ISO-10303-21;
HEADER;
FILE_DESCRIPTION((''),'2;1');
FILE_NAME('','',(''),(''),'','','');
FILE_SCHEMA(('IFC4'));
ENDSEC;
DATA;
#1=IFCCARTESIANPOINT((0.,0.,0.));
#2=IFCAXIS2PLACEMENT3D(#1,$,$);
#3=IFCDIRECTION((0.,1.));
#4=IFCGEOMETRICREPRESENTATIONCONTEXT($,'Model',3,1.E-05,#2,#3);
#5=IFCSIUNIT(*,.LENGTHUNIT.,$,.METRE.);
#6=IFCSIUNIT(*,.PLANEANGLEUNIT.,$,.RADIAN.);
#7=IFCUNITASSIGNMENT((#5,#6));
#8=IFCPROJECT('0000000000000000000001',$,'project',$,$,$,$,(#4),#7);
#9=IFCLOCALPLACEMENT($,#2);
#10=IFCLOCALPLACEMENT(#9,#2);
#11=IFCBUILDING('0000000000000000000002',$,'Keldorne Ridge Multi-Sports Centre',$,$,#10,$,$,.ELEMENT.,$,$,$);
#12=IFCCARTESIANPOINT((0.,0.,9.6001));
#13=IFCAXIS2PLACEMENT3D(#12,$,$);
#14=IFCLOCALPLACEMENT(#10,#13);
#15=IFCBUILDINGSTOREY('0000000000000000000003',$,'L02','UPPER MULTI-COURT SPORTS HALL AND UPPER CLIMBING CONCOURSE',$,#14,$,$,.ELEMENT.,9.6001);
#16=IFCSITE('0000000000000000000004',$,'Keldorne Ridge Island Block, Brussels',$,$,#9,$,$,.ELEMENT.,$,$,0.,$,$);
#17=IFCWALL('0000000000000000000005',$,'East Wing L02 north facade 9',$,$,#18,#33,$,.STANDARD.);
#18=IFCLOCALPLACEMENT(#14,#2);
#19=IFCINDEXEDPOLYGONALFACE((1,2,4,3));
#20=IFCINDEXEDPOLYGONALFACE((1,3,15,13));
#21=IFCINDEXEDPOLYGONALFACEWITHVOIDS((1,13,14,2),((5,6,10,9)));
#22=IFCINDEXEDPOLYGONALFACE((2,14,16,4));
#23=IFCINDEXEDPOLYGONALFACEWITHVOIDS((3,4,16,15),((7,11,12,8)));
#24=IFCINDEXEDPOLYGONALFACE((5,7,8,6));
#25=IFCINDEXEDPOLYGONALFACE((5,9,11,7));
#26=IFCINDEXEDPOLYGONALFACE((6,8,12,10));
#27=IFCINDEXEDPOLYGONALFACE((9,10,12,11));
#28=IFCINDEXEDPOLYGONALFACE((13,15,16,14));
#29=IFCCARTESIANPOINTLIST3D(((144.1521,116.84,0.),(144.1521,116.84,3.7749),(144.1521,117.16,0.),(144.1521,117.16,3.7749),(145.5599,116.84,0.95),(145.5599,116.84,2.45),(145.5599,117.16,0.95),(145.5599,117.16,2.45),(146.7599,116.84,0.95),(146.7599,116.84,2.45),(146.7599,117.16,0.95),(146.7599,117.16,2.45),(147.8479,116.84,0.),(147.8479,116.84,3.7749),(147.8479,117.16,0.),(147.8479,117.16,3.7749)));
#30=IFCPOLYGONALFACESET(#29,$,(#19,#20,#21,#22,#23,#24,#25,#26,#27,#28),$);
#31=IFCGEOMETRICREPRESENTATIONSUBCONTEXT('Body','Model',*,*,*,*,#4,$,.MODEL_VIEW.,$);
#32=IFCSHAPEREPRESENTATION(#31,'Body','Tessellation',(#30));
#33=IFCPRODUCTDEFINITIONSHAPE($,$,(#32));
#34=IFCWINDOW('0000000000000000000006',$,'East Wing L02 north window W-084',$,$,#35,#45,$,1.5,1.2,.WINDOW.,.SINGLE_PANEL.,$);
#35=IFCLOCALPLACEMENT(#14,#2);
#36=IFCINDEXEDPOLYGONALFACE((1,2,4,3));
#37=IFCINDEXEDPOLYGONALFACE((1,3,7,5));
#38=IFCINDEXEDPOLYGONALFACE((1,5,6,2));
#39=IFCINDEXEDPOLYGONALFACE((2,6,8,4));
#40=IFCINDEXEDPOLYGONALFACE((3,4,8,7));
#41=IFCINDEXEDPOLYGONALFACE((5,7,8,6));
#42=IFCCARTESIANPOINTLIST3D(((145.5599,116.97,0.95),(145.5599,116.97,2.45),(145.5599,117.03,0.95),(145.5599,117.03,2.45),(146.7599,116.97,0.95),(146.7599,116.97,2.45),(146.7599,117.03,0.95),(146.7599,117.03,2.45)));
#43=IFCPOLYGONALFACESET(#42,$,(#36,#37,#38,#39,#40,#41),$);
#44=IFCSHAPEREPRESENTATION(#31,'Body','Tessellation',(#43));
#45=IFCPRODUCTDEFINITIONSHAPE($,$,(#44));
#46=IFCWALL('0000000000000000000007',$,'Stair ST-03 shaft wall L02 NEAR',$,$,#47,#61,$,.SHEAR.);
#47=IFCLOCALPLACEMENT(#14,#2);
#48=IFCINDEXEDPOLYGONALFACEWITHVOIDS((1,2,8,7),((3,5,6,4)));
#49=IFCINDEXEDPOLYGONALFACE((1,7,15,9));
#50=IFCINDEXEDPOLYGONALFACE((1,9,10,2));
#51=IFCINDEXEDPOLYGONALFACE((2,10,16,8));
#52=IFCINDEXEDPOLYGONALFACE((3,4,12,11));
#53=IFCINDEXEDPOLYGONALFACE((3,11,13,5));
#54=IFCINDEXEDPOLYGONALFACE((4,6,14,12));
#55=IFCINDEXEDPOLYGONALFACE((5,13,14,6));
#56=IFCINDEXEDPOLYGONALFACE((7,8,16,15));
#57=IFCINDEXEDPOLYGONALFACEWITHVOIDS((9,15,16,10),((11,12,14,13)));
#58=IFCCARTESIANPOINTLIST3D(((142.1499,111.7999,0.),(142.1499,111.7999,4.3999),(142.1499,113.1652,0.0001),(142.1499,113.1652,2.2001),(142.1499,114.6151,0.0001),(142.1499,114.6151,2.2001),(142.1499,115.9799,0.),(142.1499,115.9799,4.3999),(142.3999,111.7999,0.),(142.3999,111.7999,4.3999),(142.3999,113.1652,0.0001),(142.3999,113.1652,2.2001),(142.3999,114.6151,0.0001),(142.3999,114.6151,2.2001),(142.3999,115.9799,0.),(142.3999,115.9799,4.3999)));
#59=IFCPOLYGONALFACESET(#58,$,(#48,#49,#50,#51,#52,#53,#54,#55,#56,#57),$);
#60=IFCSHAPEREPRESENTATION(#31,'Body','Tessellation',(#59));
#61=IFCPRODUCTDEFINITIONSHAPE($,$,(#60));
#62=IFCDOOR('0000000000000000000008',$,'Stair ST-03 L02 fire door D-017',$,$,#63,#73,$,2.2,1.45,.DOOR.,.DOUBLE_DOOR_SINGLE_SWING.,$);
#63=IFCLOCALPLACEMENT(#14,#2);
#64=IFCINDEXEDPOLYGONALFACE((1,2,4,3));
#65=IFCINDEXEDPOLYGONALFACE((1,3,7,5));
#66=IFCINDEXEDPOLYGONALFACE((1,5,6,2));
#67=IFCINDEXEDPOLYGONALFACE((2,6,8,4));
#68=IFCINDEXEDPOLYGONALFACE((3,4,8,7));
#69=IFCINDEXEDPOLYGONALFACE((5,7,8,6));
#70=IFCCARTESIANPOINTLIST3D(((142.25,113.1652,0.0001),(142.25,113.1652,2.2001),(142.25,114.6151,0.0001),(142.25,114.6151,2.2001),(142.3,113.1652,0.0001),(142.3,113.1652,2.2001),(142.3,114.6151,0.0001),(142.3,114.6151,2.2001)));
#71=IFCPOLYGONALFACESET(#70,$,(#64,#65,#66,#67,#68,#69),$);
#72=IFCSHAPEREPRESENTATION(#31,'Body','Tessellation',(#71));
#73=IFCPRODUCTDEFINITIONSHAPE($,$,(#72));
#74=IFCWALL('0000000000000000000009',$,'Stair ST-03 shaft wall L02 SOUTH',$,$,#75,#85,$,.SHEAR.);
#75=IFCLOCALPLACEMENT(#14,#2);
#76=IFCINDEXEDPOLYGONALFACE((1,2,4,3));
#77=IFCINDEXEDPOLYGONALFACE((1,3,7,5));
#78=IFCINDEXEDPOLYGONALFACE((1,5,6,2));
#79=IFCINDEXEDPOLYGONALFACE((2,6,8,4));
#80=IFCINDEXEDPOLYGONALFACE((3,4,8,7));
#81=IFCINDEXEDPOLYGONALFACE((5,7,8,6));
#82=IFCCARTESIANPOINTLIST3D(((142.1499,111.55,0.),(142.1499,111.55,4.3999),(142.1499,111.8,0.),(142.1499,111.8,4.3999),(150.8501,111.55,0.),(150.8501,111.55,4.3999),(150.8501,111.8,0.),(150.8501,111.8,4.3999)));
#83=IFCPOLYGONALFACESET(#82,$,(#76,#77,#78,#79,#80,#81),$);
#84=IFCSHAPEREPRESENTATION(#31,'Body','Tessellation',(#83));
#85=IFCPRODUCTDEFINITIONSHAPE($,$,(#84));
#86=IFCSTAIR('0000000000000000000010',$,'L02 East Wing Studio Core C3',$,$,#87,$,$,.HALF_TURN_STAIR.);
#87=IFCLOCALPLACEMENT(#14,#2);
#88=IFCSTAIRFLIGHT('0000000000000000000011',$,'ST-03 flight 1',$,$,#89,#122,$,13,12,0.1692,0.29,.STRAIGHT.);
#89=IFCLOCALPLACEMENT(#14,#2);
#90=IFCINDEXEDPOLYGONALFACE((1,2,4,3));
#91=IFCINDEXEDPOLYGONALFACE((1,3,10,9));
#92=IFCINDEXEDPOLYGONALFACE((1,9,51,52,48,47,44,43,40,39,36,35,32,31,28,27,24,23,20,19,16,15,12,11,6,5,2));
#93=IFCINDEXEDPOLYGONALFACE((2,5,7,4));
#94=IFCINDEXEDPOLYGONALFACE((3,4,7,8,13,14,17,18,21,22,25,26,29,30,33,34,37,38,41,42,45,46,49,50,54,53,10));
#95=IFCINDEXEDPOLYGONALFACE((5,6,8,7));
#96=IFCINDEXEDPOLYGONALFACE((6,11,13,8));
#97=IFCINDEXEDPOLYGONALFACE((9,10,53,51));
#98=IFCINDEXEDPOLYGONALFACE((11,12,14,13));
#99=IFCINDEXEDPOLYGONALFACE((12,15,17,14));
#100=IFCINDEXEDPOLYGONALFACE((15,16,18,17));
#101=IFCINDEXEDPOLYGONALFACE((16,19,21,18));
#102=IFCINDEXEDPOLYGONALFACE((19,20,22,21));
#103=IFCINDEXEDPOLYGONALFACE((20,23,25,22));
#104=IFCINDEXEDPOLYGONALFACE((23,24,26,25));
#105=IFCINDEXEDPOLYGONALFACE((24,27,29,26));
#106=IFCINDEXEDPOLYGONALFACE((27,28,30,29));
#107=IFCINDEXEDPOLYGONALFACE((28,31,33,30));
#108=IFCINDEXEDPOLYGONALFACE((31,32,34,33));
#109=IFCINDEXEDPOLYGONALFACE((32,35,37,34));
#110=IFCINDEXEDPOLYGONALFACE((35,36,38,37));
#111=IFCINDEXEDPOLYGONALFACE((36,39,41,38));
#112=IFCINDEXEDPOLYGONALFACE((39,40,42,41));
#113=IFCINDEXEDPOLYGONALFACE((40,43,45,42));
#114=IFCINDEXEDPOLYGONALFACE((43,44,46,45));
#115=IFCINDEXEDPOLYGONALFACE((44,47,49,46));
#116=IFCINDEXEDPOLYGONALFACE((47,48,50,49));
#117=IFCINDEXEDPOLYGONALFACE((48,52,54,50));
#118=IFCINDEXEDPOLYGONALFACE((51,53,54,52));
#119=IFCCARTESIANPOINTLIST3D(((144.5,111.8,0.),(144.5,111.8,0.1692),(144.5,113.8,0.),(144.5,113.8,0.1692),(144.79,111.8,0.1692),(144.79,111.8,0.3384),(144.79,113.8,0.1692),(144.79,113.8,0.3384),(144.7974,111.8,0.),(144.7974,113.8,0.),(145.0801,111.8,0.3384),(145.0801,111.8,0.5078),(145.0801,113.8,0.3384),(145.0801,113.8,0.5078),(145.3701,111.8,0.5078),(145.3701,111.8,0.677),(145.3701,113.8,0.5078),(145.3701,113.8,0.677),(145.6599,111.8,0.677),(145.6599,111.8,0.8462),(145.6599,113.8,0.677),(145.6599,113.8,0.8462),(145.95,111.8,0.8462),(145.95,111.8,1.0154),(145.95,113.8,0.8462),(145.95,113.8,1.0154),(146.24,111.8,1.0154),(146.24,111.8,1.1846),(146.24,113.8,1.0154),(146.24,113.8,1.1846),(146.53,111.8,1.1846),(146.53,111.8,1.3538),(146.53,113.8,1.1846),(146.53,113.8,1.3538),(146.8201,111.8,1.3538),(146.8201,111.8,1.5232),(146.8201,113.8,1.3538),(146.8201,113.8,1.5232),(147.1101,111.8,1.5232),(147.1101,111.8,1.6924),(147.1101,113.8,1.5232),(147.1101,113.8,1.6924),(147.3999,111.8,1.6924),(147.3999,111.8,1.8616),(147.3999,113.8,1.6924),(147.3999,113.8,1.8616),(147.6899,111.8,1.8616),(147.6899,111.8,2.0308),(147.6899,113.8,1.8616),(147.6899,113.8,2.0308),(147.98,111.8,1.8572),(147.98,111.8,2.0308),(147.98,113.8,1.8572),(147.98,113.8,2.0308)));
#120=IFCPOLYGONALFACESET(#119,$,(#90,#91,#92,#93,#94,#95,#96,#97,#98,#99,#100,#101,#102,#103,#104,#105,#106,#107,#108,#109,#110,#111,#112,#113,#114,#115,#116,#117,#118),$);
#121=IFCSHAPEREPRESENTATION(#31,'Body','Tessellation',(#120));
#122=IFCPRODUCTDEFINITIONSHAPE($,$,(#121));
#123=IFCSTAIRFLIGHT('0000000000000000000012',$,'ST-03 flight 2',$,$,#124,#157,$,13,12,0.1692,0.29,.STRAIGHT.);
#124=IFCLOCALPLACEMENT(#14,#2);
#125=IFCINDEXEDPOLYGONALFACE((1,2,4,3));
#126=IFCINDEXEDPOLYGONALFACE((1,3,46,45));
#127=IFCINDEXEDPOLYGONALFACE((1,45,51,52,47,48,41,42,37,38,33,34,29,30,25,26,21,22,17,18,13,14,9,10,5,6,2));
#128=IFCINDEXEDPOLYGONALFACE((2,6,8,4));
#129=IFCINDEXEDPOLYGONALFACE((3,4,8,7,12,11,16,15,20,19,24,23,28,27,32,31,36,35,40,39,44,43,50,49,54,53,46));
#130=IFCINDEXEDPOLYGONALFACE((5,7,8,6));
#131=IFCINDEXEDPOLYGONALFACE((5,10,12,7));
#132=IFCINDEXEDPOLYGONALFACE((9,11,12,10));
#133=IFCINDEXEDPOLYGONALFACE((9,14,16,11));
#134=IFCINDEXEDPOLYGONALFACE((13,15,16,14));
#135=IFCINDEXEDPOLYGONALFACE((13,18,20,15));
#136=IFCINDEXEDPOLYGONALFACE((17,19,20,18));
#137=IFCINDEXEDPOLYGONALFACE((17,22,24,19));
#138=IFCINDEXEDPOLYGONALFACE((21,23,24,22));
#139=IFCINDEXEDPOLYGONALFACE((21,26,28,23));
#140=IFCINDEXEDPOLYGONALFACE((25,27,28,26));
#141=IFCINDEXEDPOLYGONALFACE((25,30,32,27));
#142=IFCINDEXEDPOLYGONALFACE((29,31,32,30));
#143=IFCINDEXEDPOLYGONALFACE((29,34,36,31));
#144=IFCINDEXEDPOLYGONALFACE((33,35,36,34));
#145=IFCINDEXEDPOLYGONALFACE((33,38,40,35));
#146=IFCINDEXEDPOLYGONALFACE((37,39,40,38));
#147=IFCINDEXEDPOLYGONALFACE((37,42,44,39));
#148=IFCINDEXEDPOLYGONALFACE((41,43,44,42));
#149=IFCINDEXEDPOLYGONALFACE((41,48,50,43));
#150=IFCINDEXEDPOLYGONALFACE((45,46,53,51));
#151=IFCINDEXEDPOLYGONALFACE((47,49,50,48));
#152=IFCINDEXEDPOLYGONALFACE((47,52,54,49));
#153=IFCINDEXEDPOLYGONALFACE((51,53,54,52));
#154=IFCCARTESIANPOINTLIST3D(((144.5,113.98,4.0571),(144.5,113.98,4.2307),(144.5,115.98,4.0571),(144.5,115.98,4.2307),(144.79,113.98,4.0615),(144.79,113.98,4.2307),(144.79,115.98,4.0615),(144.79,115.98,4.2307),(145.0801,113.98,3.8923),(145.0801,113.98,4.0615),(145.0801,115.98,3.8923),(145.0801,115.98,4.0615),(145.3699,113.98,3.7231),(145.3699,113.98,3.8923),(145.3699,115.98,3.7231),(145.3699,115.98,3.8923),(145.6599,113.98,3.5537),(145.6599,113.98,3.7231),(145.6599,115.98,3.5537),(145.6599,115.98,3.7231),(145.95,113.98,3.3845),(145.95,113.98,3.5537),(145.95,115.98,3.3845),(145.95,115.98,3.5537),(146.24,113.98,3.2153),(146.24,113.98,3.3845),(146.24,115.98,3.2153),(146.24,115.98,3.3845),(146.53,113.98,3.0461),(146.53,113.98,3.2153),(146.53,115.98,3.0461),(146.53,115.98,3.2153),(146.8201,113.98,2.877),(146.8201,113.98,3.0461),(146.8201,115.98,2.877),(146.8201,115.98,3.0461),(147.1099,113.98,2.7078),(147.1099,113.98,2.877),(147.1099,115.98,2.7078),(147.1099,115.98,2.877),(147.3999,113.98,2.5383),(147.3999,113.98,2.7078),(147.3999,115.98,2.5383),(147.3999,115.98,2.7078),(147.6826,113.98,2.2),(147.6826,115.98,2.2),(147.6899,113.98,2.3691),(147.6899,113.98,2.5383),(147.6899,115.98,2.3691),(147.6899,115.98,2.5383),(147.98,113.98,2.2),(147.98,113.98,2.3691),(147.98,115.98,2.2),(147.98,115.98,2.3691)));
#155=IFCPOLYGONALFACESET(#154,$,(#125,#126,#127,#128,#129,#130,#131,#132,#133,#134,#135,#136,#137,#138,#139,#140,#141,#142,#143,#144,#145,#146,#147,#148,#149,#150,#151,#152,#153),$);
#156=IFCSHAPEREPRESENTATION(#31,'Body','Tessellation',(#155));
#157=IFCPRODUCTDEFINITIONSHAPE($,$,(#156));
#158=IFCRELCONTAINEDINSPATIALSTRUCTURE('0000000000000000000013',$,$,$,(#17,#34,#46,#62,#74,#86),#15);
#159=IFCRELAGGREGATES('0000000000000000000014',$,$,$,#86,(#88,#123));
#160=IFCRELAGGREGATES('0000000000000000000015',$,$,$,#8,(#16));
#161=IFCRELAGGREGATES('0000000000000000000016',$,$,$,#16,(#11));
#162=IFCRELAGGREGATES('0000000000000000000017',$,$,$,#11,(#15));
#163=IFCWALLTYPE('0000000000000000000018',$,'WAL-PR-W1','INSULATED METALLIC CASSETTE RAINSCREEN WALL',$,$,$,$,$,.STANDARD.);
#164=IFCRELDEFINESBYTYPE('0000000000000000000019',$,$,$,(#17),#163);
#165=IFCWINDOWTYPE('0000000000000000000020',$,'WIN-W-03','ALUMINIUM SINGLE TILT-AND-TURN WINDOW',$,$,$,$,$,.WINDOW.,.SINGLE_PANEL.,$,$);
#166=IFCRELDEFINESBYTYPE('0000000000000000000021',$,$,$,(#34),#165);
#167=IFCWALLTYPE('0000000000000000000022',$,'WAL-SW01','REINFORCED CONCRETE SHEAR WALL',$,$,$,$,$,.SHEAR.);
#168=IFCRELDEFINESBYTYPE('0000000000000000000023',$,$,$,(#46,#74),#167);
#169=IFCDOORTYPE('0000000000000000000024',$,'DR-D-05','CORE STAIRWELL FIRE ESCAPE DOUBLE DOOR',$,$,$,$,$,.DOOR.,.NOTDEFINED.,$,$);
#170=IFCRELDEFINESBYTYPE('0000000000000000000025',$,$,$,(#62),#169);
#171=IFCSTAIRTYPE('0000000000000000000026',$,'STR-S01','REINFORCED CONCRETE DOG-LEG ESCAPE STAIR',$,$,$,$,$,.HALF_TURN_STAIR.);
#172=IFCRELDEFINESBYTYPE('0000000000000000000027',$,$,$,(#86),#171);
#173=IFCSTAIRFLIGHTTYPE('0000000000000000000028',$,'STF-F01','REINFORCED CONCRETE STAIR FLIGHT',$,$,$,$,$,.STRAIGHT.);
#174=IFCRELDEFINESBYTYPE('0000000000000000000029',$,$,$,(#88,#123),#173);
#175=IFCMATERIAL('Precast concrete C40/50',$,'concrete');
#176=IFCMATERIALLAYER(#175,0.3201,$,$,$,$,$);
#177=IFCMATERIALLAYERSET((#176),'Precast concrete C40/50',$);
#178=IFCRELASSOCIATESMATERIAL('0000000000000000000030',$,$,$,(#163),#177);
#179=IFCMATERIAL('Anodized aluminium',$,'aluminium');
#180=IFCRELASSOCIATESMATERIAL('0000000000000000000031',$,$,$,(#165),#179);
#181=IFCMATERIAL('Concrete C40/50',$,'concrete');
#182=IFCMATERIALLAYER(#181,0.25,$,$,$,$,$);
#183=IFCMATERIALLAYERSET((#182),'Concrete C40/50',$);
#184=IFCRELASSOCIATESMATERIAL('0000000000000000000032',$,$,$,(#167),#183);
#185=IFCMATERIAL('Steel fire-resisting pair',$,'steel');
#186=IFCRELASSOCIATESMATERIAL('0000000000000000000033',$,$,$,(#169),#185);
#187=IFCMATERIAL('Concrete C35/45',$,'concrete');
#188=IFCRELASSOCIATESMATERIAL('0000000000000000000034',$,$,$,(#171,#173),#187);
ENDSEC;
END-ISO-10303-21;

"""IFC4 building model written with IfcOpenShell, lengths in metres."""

from ifc_helpers import new_model, si_unit, direction, frame, frame_2d, origin, place, context, subcontext, project, spatial, polyline, rectangle, outline, extrude, material, layer, layer_set, type_object, element, fill, aggregate, save


model = new_model("IFC4")

# Units and contexts
model_context = context("Model", 3, precision=1e-05, world=origin(), true_north=direction((0.0, 1.0)))
body_context = subcontext(model_context, "Body", "Model", "MODEL_VIEW")
ifc_project = project(units=[si_unit("LENGTHUNIT", "METRE"), si_unit("PLANEANGLEUNIT", "RADIAN")], contexts=[model_context])

# Site, building, storey
site_placement = place(None, origin())
site = spatial("IfcSite", under=ifc_project, at=site_placement, Name="Keldorne Ridge Island Block, Brussels", CompositionType="ELEMENT", RefElevation=0.0)
building_placement = place(site_placement, origin())
building = spatial("IfcBuilding", under=site, at=building_placement, Name="Keldorne Ridge Multi-Sports Centre", CompositionType="ELEMENT")
storey_placement = place(building_placement, frame((0.0, 0.0, 9.6001)))
storey = spatial("IfcBuildingStorey", under=building, at=storey_placement, Name="L02", Description="UPPER MULTI-COURT SPORTS HALL AND UPPER CLIMBING CONCOURSE", CompositionType="ELEMENT", Elevation=9.6001)

# Wall, opening, window
ifc_material_1 = material(Name="Precast concrete C40/50", Category="concrete")
ifc_layer_1 = layer(ifc_material_1, 0.3201)
ifc_layer_set_1 = layer_set([ifc_layer_1], Name="Precast concrete C40/50")
wall_type_1 = type_object("IfcWallType", Name="WAL-PR-W1", Description="INSULATED METALLIC CASSETTE RAINSCREEN WALL", PredefinedType="STANDARD", material=ifc_layer_set_1)
ifc_material_2 = material(Name="Anodized aluminium", Category="aluminium")
window_type = type_object("IfcWindowType", Name="WIN-W-03", Description="ALUMINIUM SINGLE TILT-AND-TURN WINDOW", PartitioningType="SINGLE_PANEL", PredefinedType="WINDOW", material=ifc_material_2)
wall_1_placement = place(storey_placement, frame((147.8479, 117.0, 0.0), z_axis=(0.0, 0.0, 1.0), x_axis=(-1.0, 0.0, 0.0)))
wall_1 = element("IfcWall", 1, at=wall_1_placement, inside=storey, type_object=wall_type_1, Name="East Wing L02 north facade 9", PredefinedType="STANDARD", context=body_context, shape_type="SweptSolid", body=[
    extrude(rectangle(XDim=3.6958, YDim=0.3201, at=frame_2d((1.8479, 0.0))), origin(), (0.0, 0.0, 1.0), 3.7749),
])
opening_1_placement = place(wall_1_placement, frame((1.0879, 0.0, 0.95)))
opening_1 = element("IfcOpeningElement", 2, at=opening_1_placement, cuts=wall_1, PredefinedType="OPENING", context=body_context, shape_type="SweptSolid", body=[
    extrude(rectangle(XDim=1.2, YDim=1.5, at=frame_2d((0.6001, 0.75))), frame((0.0, 0.1699, 0.0), z_axis=(0.0, -1.0, 0.0), x_axis=(1.0, 0.0, 0.0)), (0.0, 0.0, 1.0), 0.3401),
])
window_1_placement = place(opening_1_placement, origin())
window_1 = element("IfcWindow", 3, at=window_1_placement, inside=storey, type_object=window_type, Name="East Wing L02 north window W-084", OverallHeight=1.5, OverallWidth=1.2, PartitioningType="SINGLE_PANEL", PredefinedType="WINDOW", context=body_context, shape_type="SweptSolid", body=[
    extrude(rectangle(XDim=1.2, YDim=1.5, at=frame_2d((0.6001, 0.75))), frame((0.0, 0.03, 0.0), z_axis=(0.0, -1.0, 0.0), x_axis=(1.0, 0.0, 0.0)), (0.0, 0.0, 1.0), 0.0601),
])
fill(opening_1, window_1)

# Wall, opening, door
ifc_material_3 = material(Name="Concrete C40/50", Category="concrete")
ifc_layer_2 = layer(ifc_material_3, 0.25)
ifc_layer_set_2 = layer_set([ifc_layer_2], Name="Concrete C40/50")
wall_type_2 = type_object("IfcWallType", Name="WAL-SW01", Description="REINFORCED CONCRETE SHEAR WALL", PredefinedType="SHEAR", material=ifc_layer_set_2)
wall_2_placement = place(storey_placement, frame((142.2749, 111.8, 0.0), z_axis=(0.0, 0.0, 1.0), x_axis=(0.0, 1.0, 0.0)))
wall_2 = element("IfcWall", 4, at=wall_2_placement, inside=storey, type_object=wall_type_2, Name="Stair ST-03 shaft wall L02 NEAR", PredefinedType="SHEAR", context=body_context, shape_type="SweptSolid", body=[
    extrude(rectangle(XDim=4.1799, YDim=0.25, at=frame_2d((2.0898, 0.0))), origin(), (0.0, 0.0, 1.0), 4.3999),
])
opening_2_placement = place(wall_2_placement, frame((1.365, 0.0, 0.0)))
opening_2 = element("IfcOpeningElement", 5, at=opening_2_placement, cuts=wall_2, PredefinedType="OPENING", context=body_context, shape_type="SweptSolid", body=[
    extrude(rectangle(XDim=1.45, YDim=2.2, at=frame_2d((0.7251, 1.1001))), frame((0.0, 0.135, 0.0), z_axis=(0.0, -1.0, 0.0), x_axis=(1.0, 0.0, 0.0)), (0.0, 0.0, 1.0), 0.27),
])
ifc_material_4 = material(Name="Steel fire-resisting pair", Category="steel")
door_type = type_object("IfcDoorType", Name="DR-D-05", Description="CORE STAIRWELL FIRE ESCAPE DOUBLE DOOR", OperationType="NOTDEFINED", PredefinedType="DOOR", material=ifc_material_4)
door_placement = place(opening_2_placement, origin())
door = element("IfcDoor", 6, at=door_placement, inside=storey, type_object=door_type, Name="Stair ST-03 L02 fire door D-017", OperationType="DOUBLE_DOOR_SINGLE_SWING", OverallHeight=2.2, OverallWidth=1.45, PredefinedType="DOOR", context=body_context, shape_type="SweptSolid", body=[
    extrude(rectangle(XDim=1.45, YDim=2.2, at=frame_2d((0.7251, 1.1001))), frame((0.0, 0.0249, 0.0), z_axis=(0.0, -1.0, 0.0), x_axis=(1.0, 0.0, 0.0)), (0.0, 0.0, 1.0), 0.05),
])
fill(opening_2, door)

# Wall
wall_3_placement = place(storey_placement, frame((142.1499, 111.675, 0.0), z_axis=(0.0, 0.0, 1.0), x_axis=(1.0, 0.0, 0.0)))
element("IfcWall", 7, at=wall_3_placement, inside=storey, type_object=wall_type_2, Name="Stair ST-03 shaft wall L02 SOUTH", PredefinedType="SHEAR", context=body_context, shape_type="SweptSolid", body=[
    extrude(rectangle(XDim=8.7002, YDim=0.25, at=frame_2d((4.3501, 0.0))), origin(), (0.0, 0.0, 1.0), 4.3999),
])

# Stair, stair flights
ifc_material_5 = material(Name="Concrete C35/45", Category="concrete")
stair_type = type_object("IfcStairType", Name="STR-S01", Description="REINFORCED CONCRETE DOG-LEG ESCAPE STAIR", PredefinedType="HALF_TURN_STAIR", material=ifc_material_5)
stair_placement = place(storey_placement, origin())
stair = element("IfcStair", 8, at=stair_placement, inside=storey, type_object=stair_type, Name="L02 East Wing Studio Core C3", PredefinedType="HALF_TURN_STAIR")
stair_flight_type = type_object("IfcStairFlightType", Name="STF-F01", Description="REINFORCED CONCRETE STAIR FLIGHT", PredefinedType="STRAIGHT", material=ifc_material_5)
stair_flight_1_placement = place(storey_placement, frame((144.5, 112.8, 0.0), z_axis=(0.0, 0.0, 1.0), x_axis=(1.0, 0.0, 0.0)))
stair_flight_1 = element("IfcStairFlight", 9, at=stair_flight_1_placement, type_object=stair_flight_type, Name="ST-03 flight 1", NumberOfRisers=13, NumberOfTreads=12, PredefinedType="STRAIGHT", RiserHeight=0.1692, TreadLength=0.29, context=body_context, shape_type="SweptSolid", body=[
    extrude(outline(polyline([(0.0, 0.0), (0.0, 0.1692), (0.29, 0.1692), (0.29, 0.3384), (0.5801, 0.3384), (0.5801, 0.5078), (0.8701, 0.5078), (0.8701, 0.677), (1.1599, 0.677), (1.1599, 0.8462), (1.45, 0.8462), (1.45, 1.0154), (1.74, 1.0154), (1.74, 1.1846), (2.03, 1.1846), (2.03, 1.3538), (2.3201, 1.3538), (2.3201, 1.5232), (2.6101, 1.5232), (2.6101, 1.6924), (2.8999, 1.6924), (2.8999, 1.8616), (3.1899, 1.8616), (3.1899, 2.0308), (3.48, 2.0308), (3.48, 2.2), (3.48, 1.8572), (0.2974, 0.0), (0.0, 0.0)])), frame((0.0, 1.0, 0.0), z_axis=(0.0, -1.0, 0.0), x_axis=(1.0, 0.0, 0.0)), (0.0, 0.0, 1.0), 2.0),
])
stair_flight_2_placement = place(storey_placement, frame((147.98, 114.98, 2.2), z_axis=(0.0, 0.0, 1.0), x_axis=(-1.0, 0.0, 0.0)))
stair_flight_2 = element("IfcStairFlight", 10, at=stair_flight_2_placement, type_object=stair_flight_type, Name="ST-03 flight 2", NumberOfRisers=13, NumberOfTreads=12, PredefinedType="STRAIGHT", RiserHeight=0.1692, TreadLength=0.29, context=body_context, shape_type="SweptSolid", body=[
    extrude(outline(polyline([(0.0, 0.0), (0.0, 0.1692), (0.29, 0.1692), (0.29, 0.3384), (0.5801, 0.3384), (0.5801, 0.5078), (0.8701, 0.5078), (0.8701, 0.677), (1.1599, 0.677), (1.1599, 0.8462), (1.45, 0.8462), (1.45, 1.0154), (1.74, 1.0154), (1.74, 1.1846), (2.03, 1.1846), (2.03, 1.3538), (2.3201, 1.3538), (2.3201, 1.5232), (2.6101, 1.5232), (2.6101, 1.6924), (2.8999, 1.6924), (2.8999, 1.8616), (3.1899, 1.8616), (3.1899, 2.0308), (3.48, 2.0308), (3.48, 2.2), (3.48, 1.8572), (0.2974, 0.0), (0.0, 0.0)])), frame((0.0, 1.0, 0.0), z_axis=(0.0, -1.0, 0.0), x_axis=(1.0, 0.0, 0.0)), (0.0, 0.0, 1.0), 2.0),
])
aggregate(stair, [stair_flight_1, stair_flight_2])

save(model, "model.ifc")
